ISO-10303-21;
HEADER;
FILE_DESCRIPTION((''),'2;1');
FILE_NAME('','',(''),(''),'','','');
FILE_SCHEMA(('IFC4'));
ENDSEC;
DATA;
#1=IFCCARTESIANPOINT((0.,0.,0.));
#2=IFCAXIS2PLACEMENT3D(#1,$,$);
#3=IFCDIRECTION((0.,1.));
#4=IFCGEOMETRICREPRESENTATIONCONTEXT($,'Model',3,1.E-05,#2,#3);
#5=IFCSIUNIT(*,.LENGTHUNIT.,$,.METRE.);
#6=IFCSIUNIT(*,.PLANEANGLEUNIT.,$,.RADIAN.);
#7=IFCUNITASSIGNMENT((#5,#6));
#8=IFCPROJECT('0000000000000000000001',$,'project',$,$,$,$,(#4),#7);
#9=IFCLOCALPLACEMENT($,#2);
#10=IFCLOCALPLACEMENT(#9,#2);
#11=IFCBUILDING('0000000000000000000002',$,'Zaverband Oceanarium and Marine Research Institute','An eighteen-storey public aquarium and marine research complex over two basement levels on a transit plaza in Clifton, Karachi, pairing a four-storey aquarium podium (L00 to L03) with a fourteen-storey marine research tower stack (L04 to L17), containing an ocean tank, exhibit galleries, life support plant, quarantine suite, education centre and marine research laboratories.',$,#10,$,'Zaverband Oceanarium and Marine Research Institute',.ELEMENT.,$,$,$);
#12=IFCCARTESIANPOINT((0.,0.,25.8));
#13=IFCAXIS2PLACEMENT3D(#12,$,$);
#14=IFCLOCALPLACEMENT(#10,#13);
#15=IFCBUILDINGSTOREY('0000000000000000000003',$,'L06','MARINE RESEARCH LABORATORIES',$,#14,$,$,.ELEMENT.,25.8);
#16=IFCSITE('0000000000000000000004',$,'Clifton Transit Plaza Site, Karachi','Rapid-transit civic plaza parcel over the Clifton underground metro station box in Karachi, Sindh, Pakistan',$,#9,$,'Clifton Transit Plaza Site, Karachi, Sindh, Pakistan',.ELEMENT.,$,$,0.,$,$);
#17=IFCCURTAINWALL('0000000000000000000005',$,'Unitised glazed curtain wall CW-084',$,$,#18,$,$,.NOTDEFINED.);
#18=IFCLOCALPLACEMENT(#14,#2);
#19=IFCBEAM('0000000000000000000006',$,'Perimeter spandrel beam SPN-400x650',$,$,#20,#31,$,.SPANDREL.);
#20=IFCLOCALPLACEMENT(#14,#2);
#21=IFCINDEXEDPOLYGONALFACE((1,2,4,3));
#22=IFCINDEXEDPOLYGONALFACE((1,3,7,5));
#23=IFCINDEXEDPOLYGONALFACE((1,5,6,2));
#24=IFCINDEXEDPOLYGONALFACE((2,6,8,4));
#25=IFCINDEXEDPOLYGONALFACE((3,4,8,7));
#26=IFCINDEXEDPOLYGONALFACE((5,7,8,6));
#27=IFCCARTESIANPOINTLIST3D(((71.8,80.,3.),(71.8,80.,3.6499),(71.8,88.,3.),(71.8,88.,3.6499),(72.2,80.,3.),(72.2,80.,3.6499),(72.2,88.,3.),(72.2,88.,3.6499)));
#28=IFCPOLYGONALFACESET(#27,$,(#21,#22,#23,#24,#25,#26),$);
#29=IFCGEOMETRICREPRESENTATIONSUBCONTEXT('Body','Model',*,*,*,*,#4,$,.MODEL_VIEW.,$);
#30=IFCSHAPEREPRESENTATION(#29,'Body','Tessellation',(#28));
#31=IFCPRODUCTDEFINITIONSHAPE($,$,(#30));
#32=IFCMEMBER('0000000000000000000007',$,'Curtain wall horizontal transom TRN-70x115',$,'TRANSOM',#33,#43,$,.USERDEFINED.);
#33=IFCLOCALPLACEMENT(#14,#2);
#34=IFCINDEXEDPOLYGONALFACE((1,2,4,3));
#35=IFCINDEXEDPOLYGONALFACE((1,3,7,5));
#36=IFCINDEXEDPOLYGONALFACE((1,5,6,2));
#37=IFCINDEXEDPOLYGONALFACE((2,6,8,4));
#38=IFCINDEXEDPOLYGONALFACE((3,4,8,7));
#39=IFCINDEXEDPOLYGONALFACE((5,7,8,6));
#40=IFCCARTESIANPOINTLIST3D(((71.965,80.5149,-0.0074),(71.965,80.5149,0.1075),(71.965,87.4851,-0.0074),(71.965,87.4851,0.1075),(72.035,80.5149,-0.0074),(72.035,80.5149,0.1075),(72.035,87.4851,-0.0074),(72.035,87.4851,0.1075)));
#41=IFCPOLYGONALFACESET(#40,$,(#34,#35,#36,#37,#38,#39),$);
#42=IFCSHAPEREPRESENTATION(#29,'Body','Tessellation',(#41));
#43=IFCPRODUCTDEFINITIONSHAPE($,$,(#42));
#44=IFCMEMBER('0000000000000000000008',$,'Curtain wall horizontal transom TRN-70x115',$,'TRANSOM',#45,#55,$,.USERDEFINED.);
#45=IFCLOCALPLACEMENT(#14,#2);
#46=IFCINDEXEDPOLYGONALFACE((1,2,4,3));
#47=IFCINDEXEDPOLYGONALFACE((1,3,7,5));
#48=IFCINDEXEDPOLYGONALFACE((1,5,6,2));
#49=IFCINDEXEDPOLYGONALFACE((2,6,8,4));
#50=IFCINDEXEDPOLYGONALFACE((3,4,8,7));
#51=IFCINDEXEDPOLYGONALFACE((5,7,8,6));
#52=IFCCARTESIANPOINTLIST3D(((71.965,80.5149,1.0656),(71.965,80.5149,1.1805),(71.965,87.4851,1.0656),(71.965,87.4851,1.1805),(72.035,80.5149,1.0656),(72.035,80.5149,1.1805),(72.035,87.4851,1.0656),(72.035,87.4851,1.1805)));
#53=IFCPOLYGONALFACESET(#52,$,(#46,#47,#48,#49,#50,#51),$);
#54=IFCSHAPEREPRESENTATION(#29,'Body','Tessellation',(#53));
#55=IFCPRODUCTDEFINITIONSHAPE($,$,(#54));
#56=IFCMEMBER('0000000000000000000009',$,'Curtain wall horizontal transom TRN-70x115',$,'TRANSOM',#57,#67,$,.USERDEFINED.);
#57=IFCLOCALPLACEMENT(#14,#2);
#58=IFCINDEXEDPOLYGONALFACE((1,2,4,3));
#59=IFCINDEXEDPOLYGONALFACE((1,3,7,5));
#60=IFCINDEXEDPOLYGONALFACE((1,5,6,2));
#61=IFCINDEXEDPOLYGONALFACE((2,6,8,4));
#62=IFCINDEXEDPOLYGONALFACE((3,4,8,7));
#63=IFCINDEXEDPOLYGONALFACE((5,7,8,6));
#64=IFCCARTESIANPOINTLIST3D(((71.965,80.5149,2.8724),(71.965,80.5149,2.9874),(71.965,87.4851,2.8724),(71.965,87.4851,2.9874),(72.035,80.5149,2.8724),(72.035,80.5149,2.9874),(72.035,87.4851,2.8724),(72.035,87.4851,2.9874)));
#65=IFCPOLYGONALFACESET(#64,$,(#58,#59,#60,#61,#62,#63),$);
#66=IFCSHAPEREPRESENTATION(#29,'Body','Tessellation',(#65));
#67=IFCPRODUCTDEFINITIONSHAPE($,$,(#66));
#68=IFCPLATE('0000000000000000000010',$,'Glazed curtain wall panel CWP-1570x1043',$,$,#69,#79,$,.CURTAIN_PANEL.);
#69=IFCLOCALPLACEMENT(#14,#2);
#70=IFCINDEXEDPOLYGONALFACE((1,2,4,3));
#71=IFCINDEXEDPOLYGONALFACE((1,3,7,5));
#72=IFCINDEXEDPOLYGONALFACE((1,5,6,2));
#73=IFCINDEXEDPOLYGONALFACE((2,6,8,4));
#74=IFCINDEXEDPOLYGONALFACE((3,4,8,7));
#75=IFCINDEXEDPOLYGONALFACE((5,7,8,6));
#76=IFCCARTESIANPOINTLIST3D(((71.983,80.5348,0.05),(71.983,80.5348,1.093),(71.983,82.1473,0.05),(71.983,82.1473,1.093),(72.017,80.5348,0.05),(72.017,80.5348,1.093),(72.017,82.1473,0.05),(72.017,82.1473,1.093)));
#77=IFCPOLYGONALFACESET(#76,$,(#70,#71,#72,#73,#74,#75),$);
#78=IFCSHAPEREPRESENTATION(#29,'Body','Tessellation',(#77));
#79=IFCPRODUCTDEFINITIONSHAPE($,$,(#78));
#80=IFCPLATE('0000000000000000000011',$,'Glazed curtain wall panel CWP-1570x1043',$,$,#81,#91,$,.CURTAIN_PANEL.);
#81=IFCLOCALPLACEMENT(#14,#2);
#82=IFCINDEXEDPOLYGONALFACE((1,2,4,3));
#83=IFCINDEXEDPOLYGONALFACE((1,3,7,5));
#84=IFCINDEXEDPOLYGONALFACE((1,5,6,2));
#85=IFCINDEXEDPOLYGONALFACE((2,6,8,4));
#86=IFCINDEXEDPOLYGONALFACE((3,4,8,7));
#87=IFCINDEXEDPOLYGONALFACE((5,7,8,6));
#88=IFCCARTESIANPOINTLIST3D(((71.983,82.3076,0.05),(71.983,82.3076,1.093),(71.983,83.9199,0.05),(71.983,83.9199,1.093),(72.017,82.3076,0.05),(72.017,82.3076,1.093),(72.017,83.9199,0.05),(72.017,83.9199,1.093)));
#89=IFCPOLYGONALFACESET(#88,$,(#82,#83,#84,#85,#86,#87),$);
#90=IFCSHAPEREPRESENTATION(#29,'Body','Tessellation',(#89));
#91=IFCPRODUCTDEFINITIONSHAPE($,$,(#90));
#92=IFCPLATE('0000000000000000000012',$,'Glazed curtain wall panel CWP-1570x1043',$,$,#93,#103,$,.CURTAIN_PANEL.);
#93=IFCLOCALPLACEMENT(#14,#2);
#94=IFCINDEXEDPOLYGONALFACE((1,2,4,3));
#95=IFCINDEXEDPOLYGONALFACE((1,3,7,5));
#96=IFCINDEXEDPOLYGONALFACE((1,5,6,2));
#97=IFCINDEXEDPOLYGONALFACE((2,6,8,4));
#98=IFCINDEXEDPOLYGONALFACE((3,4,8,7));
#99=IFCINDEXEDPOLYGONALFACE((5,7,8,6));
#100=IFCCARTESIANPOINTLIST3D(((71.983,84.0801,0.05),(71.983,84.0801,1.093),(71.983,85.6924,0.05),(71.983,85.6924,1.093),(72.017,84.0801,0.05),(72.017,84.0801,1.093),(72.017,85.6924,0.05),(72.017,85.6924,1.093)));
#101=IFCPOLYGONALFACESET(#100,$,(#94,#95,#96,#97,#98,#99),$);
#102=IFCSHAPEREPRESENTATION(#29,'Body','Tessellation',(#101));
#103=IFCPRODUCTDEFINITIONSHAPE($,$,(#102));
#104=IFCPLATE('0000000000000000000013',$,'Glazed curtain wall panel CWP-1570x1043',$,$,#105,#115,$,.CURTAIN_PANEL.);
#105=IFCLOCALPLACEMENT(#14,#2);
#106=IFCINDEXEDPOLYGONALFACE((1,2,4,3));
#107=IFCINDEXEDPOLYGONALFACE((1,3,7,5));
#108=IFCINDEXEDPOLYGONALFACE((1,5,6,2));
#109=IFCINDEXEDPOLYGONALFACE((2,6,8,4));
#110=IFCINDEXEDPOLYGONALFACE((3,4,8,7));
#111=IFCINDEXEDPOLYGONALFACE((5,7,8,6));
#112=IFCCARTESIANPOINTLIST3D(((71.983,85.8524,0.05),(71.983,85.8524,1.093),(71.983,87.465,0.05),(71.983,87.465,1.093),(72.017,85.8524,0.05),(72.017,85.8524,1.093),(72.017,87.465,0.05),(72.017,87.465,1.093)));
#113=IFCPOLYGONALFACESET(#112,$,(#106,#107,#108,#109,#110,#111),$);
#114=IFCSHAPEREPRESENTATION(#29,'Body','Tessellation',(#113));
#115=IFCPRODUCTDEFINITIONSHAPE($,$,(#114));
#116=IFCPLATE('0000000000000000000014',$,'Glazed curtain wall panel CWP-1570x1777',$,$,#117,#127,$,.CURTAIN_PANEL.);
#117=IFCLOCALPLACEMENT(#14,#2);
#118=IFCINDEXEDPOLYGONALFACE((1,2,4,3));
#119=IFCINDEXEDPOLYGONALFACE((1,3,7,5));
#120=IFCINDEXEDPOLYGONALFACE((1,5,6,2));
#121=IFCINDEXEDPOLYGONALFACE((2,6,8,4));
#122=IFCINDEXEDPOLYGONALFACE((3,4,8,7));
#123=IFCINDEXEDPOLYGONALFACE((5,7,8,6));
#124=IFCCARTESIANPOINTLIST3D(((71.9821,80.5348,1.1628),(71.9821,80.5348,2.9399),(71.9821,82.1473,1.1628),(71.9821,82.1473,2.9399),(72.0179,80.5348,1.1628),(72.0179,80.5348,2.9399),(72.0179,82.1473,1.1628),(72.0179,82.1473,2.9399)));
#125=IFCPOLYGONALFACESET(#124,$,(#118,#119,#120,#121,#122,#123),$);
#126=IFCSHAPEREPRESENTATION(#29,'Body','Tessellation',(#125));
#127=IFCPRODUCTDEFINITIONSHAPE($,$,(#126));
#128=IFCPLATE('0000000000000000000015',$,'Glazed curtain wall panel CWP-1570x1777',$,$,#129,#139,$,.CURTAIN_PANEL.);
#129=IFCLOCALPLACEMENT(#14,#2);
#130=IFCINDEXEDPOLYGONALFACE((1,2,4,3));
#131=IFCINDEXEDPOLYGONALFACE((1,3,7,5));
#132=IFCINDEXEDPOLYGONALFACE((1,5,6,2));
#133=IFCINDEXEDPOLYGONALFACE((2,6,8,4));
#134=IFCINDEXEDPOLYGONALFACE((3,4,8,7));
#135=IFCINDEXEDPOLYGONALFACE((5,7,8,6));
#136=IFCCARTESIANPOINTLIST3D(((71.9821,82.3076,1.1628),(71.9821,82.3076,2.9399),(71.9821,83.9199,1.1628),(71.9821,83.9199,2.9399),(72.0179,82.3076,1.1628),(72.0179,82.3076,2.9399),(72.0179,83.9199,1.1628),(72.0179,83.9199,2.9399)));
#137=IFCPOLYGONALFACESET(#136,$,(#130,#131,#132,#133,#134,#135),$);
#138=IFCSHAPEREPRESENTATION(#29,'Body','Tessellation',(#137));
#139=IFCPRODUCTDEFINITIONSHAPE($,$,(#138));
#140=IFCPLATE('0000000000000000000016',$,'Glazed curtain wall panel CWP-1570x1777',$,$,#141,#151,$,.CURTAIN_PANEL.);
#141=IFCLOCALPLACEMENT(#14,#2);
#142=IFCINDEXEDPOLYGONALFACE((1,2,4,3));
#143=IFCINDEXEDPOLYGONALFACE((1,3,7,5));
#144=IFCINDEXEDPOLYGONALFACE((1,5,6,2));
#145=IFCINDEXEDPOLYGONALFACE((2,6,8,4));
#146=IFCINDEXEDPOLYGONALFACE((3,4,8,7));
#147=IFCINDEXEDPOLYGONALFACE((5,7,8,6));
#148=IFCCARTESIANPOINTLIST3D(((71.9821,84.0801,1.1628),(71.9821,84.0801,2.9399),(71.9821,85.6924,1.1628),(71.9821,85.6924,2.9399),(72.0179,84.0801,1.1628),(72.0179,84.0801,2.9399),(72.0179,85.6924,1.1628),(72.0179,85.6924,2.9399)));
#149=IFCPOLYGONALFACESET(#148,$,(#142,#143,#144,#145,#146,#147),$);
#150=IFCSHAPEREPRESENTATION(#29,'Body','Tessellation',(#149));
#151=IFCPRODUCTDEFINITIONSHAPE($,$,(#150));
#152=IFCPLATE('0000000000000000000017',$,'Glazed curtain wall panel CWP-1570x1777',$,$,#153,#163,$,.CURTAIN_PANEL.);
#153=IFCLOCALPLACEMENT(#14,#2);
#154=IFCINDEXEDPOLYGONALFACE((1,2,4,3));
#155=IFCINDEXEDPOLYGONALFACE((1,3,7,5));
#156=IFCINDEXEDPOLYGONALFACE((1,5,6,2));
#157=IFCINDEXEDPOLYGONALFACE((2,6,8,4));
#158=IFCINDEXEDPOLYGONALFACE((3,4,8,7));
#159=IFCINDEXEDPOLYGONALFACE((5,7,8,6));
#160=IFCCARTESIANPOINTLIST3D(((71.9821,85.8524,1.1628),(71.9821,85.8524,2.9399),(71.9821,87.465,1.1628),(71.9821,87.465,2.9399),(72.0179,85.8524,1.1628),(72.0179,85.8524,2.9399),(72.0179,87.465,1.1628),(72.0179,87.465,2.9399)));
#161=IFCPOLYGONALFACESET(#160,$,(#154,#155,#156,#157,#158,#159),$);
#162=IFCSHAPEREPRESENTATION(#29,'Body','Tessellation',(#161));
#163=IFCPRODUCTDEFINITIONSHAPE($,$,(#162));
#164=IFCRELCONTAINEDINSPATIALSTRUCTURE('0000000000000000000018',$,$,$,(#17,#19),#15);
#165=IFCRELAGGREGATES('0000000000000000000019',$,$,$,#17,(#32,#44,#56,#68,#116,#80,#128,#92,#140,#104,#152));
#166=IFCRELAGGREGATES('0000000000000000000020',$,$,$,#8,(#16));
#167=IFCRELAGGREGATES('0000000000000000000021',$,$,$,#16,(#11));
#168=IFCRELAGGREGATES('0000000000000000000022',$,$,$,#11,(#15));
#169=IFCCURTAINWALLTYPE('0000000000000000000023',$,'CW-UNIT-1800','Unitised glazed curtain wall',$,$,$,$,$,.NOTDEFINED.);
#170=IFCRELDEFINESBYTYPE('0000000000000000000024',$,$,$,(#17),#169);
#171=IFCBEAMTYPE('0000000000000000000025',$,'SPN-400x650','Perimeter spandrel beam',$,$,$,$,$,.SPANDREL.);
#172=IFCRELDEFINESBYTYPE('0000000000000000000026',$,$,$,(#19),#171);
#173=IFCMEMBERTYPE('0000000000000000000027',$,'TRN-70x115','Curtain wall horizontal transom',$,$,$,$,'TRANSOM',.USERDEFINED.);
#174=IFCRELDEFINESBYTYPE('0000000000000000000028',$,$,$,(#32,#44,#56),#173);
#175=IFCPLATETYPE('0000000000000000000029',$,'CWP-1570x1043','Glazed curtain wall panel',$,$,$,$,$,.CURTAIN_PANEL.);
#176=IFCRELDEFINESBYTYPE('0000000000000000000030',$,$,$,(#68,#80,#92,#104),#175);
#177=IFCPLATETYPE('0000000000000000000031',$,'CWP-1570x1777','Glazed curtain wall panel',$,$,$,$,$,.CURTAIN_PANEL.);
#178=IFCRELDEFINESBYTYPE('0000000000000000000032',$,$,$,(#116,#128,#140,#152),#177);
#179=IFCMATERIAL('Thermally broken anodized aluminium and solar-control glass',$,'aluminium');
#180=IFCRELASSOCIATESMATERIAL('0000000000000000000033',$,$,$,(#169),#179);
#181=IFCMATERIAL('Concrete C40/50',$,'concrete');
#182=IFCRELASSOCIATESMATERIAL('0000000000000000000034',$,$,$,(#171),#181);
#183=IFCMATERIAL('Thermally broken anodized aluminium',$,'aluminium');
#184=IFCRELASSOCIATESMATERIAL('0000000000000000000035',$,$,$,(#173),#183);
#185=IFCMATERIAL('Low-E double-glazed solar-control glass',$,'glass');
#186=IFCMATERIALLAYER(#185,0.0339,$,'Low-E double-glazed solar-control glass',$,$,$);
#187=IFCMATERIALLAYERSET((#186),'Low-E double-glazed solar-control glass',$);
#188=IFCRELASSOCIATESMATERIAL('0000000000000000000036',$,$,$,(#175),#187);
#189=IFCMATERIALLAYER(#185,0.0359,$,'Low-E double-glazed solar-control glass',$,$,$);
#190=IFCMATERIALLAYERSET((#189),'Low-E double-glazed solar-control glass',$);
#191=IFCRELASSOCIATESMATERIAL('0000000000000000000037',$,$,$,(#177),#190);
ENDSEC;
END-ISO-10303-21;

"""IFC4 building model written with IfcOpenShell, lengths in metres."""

from ifc_helpers import new_model, si_unit, direction, frame, frame_2d, origin, origin_2d, place, context, subcontext, project, spatial, rectangle, extrude, material, layer, layer_set, material_profile, profile_set, type_object, element, aggregate, save


model = new_model("IFC4")

# Units and contexts
model_context = context("Model", 3, precision=1e-05, world=origin(), true_north=direction((0.0, 1.0)))
body_context = subcontext(model_context, "Body", "Model", "MODEL_VIEW")
ifc_project = project(units=[si_unit("LENGTHUNIT", "METRE"), si_unit("PLANEANGLEUNIT", "RADIAN")], contexts=[model_context])

# Site, building, storey
site_placement = place(None, origin())
site = spatial("IfcSite", under=ifc_project, at=site_placement, Name="Clifton Transit Plaza Site, Karachi", Description="Rapid-transit civic plaza parcel over the Clifton underground metro station box in Karachi, Sindh, Pakistan", LongName="Clifton Transit Plaza Site, Karachi, Sindh, Pakistan", CompositionType="ELEMENT", RefElevation=0.0)
building_placement = place(site_placement, origin())
building = spatial("IfcBuilding", under=site, at=building_placement, Name="Zaverband Oceanarium and Marine Research Institute", Description="An eighteen-storey public aquarium and marine research complex over two basement levels on a transit plaza in Clifton, Karachi, pairing a four-storey aquarium podium (L00 to L03) with a fourteen-storey marine research tower stack (L04 to L17), containing an ocean tank, exhibit galleries, life support plant, quarantine suite, education centre and marine research laboratories.", LongName="Zaverband Oceanarium and Marine Research Institute", CompositionType="ELEMENT")
storey_placement = place(building_placement, frame((0.0, 0.0, 25.8)))
storey = spatial("IfcBuildingStorey", under=building, at=storey_placement, Name="L06", Description="MARINE RESEARCH LABORATORIES", CompositionType="ELEMENT", Elevation=25.8)

# Shared definitions
ifc_material_1 = material(Name="Concrete C40/50", Category="concrete")

# Curtain wall
ifc_material_2 = material(Name="Thermally broken anodized aluminium and solar-control glass", Category="aluminium")
curtain_wall_type = type_object("IfcCurtainWallType", Name="CW-UNIT-1800", Description="Unitised glazed curtain wall", PredefinedType="NOTDEFINED", material=ifc_material_2)
curtain_wall_placement = place(storey_placement, origin())
curtain_wall = element("IfcCurtainWall", 1, at=curtain_wall_placement, inside=storey, type_object=curtain_wall_type, Name="Unitised glazed curtain wall CW-084", PredefinedType="NOTDEFINED")
ifc_material_3 = material(Name="Thermally broken anodized aluminium", Category="aluminium")

# Beam
ifc_material_profile_1 = material_profile(ifc_material_1, rectangle(XDim=0.3999, YDim=0.6499, at=origin_2d()), Name="RC400x650")
ifc_profile_set_1 = profile_set([ifc_material_profile_1], Name="Concrete C40/50")
beam_type_1 = type_object("IfcBeamType", Name="SPN-400x650", Description="Perimeter spandrel beam", PredefinedType="SPANDREL", material=ifc_profile_set_1)
for number, where, z_axis, x_axis, name in (
    (2, (72.0, 80.0, 3.325), (0.0, 1.0, 0.0), (-1.0, 0.0, 0.0), "Perimeter spandrel beam SPN-400x650"),
):
    element("IfcBeam", number, at=place(storey_placement, frame(where, z_axis=z_axis, x_axis=x_axis)), inside=storey, type_object=beam_type_1, Name=name, PredefinedType="SPANDREL", context=body_context, shape_type="SweptSolid", body=[
        extrude(rectangle(XDim=0.3999, YDim=0.6499, at=origin_2d()), origin(), (0.0, 0.0, 1.0), 8.0),
    ])

# Members
ifc_material_profile_2 = material_profile(ifc_material_3, rectangle(XDim=0.0701, YDim=0.115, at=origin_2d()), Name="AL-TRN-70x115")
ifc_profile_set_2 = profile_set([ifc_material_profile_2], Name="Thermally broken anodized aluminium")
member_type_1 = type_object("IfcMemberType", Name="TRN-70x115", Description="Curtain wall horizontal transom", ElementType="TRANSOM", PredefinedType="USERDEFINED", material=ifc_profile_set_2)
member_1_placement = place(storey_placement, frame((72.0, 80.5149, 0.05), z_axis=(0.0, 1.0, 0.0), x_axis=(-1.0, 0.0, 0.0)))
member_1 = element("IfcMember", 3, at=member_1_placement, type_object=member_type_1, Name="Curtain wall horizontal transom TRN-70x115", ObjectType="TRANSOM", PredefinedType="USERDEFINED", context=body_context, shape_type="SweptSolid", body=[
    extrude(rectangle(XDim=0.0701, YDim=0.115, at=origin_2d()), origin(), (0.0, 0.0, 1.0), 6.9702),
])
member_2_placement = place(storey_placement, frame((72.0, 80.5149, 1.123), z_axis=(0.0, 1.0, 0.0), x_axis=(-1.0, 0.0, 0.0)))
member_2 = element("IfcMember", 4, at=member_2_placement, type_object=member_type_1, Name="Curtain wall horizontal transom TRN-70x115", ObjectType="TRANSOM", PredefinedType="USERDEFINED", context=body_context, shape_type="SweptSolid", body=[
    extrude(rectangle(XDim=0.0701, YDim=0.115, at=origin_2d()), origin(), (0.0, 0.0, 1.0), 6.9702),
])
member_3_placement = place(storey_placement, frame((72.0, 80.5149, 2.9299), z_axis=(0.0, 1.0, 0.0), x_axis=(-1.0, 0.0, 0.0)))
member_3 = element("IfcMember", 5, at=member_3_placement, type_object=member_type_1, Name="Curtain wall horizontal transom TRN-70x115", ObjectType="TRANSOM", PredefinedType="USERDEFINED", context=body_context, shape_type="SweptSolid", body=[
    extrude(rectangle(XDim=0.0701, YDim=0.115, at=origin_2d()), origin(), (0.0, 0.0, 1.0), 6.9702),
])

# Plates
ifc_material_4 = material(Name="Low-E double-glazed solar-control glass", Category="glass")
ifc_layer_1 = layer(ifc_material_4, 0.0339, Name="Low-E double-glazed solar-control glass")
ifc_layer_set_1 = layer_set([ifc_layer_1], Name="Low-E double-glazed solar-control glass")
plate_type_1 = type_object("IfcPlateType", Name="CWP-1570x1043", Description="Glazed curtain wall panel", PredefinedType="CURTAIN_PANEL", material=ifc_layer_set_1)
plate_1_placement = place(storey_placement, frame((72.0, 80.5349, 0.05), z_axis=(0.0, 0.0, 1.0), x_axis=(0.0, 1.0, 0.0)))
plate_1 = element("IfcPlate", 6, at=plate_1_placement, type_object=plate_type_1, Name="Glazed curtain wall panel CWP-1570x1043", PredefinedType="CURTAIN_PANEL", context=body_context, shape_type="SweptSolid", body=[
    extrude(rectangle(XDim=1.6125, YDim=0.0339, at=frame_2d((0.8062, 0.0))), origin(), (0.0, 0.0, 1.0), 1.043),
])
plate_2_placement = place(storey_placement, frame((72.0, 82.3076, 0.05), z_axis=(0.0, 0.0, 1.0), x_axis=(0.0, 1.0, 0.0)))
plate_2 = element("IfcPlate", 7, at=plate_2_placement, type_object=plate_type_1, Name="Glazed curtain wall panel CWP-1570x1043", PredefinedType="CURTAIN_PANEL", context=body_context, shape_type="SweptSolid", body=[
    extrude(rectangle(XDim=1.6123, YDim=0.0339, at=frame_2d((0.8062, 0.0))), origin(), (0.0, 0.0, 1.0), 1.043),
])
plate_3_placement = place(storey_placement, frame((72.0, 84.0801, 0.05), z_axis=(0.0, 0.0, 1.0), x_axis=(0.0, 1.0, 0.0)))
plate_3 = element("IfcPlate", 8, at=plate_3_placement, type_object=plate_type_1, Name="Glazed curtain wall panel CWP-1570x1043", PredefinedType="CURTAIN_PANEL", context=body_context, shape_type="SweptSolid", body=[
    extrude(rectangle(XDim=1.6123, YDim=0.0339, at=frame_2d((0.8062, 0.0))), origin(), (0.0, 0.0, 1.0), 1.043),
])
plate_4_placement = place(storey_placement, frame((72.0, 85.8525, 0.05), z_axis=(0.0, 0.0, 1.0), x_axis=(0.0, 1.0, 0.0)))
plate_4 = element("IfcPlate", 9, at=plate_4_placement, type_object=plate_type_1, Name="Glazed curtain wall panel CWP-1570x1043", PredefinedType="CURTAIN_PANEL", context=body_context, shape_type="SweptSolid", body=[
    extrude(rectangle(XDim=1.6125, YDim=0.0339, at=frame_2d((0.8062, 0.0))), origin(), (0.0, 0.0, 1.0), 1.043),
])
ifc_layer_2 = layer(ifc_material_4, 0.0359, Name="Low-E double-glazed solar-control glass")
ifc_layer_set_2 = layer_set([ifc_layer_2], Name="Low-E double-glazed solar-control glass")
plate_type_2 = type_object("IfcPlateType", Name="CWP-1570x1777", Description="Glazed curtain wall panel", PredefinedType="CURTAIN_PANEL", material=ifc_layer_set_2)
plate_5_placement = place(storey_placement, frame((72.0, 80.5349, 1.1628), z_axis=(0.0, 0.0, 1.0), x_axis=(0.0, 1.0, 0.0)))
plate_5 = element("IfcPlate", 10, at=plate_5_placement, type_object=plate_type_2, Name="Glazed curtain wall panel CWP-1570x1777", PredefinedType="CURTAIN_PANEL", context=body_context, shape_type="SweptSolid", body=[
    extrude(rectangle(XDim=1.6125, YDim=0.0359, at=frame_2d((0.8062, 0.0))), origin(), (0.0, 0.0, 1.0), 1.7771),
])
plate_6_placement = place(storey_placement, frame((72.0, 82.3076, 1.1628), z_axis=(0.0, 0.0, 1.0), x_axis=(0.0, 1.0, 0.0)))
plate_6 = element("IfcPlate", 11, at=plate_6_placement, type_object=plate_type_2, Name="Glazed curtain wall panel CWP-1570x1777", PredefinedType="CURTAIN_PANEL", context=body_context, shape_type="SweptSolid", body=[
    extrude(rectangle(XDim=1.6123, YDim=0.0359, at=frame_2d((0.8062, 0.0))), origin(), (0.0, 0.0, 1.0), 1.7771),
])
plate_7_placement = place(storey_placement, frame((72.0, 84.0801, 1.1628), z_axis=(0.0, 0.0, 1.0), x_axis=(0.0, 1.0, 0.0)))
plate_7 = element("IfcPlate", 12, at=plate_7_placement, type_object=plate_type_2, Name="Glazed curtain wall panel CWP-1570x1777", PredefinedType="CURTAIN_PANEL", context=body_context, shape_type="SweptSolid", body=[
    extrude(rectangle(XDim=1.6123, YDim=0.0359, at=frame_2d((0.8062, 0.0))), origin(), (0.0, 0.0, 1.0), 1.7771),
])
plate_8_placement = place(storey_placement, frame((72.0, 85.8525, 1.1628), z_axis=(0.0, 0.0, 1.0), x_axis=(0.0, 1.0, 0.0)))
plate_8 = element("IfcPlate", 13, at=plate_8_placement, type_object=plate_type_2, Name="Glazed curtain wall panel CWP-1570x1777", PredefinedType="CURTAIN_PANEL", context=body_context, shape_type="SweptSolid", body=[
    extrude(rectangle(XDim=1.6125, YDim=0.0359, at=frame_2d((0.8062, 0.0))), origin(), (0.0, 0.0, 1.0), 1.7771),
])
aggregate(curtain_wall, [member_1, member_2, member_3, plate_1, plate_5, plate_2, plate_6, plate_3, plate_7, plate_4, plate_8])

save(model, "model.ifc")
